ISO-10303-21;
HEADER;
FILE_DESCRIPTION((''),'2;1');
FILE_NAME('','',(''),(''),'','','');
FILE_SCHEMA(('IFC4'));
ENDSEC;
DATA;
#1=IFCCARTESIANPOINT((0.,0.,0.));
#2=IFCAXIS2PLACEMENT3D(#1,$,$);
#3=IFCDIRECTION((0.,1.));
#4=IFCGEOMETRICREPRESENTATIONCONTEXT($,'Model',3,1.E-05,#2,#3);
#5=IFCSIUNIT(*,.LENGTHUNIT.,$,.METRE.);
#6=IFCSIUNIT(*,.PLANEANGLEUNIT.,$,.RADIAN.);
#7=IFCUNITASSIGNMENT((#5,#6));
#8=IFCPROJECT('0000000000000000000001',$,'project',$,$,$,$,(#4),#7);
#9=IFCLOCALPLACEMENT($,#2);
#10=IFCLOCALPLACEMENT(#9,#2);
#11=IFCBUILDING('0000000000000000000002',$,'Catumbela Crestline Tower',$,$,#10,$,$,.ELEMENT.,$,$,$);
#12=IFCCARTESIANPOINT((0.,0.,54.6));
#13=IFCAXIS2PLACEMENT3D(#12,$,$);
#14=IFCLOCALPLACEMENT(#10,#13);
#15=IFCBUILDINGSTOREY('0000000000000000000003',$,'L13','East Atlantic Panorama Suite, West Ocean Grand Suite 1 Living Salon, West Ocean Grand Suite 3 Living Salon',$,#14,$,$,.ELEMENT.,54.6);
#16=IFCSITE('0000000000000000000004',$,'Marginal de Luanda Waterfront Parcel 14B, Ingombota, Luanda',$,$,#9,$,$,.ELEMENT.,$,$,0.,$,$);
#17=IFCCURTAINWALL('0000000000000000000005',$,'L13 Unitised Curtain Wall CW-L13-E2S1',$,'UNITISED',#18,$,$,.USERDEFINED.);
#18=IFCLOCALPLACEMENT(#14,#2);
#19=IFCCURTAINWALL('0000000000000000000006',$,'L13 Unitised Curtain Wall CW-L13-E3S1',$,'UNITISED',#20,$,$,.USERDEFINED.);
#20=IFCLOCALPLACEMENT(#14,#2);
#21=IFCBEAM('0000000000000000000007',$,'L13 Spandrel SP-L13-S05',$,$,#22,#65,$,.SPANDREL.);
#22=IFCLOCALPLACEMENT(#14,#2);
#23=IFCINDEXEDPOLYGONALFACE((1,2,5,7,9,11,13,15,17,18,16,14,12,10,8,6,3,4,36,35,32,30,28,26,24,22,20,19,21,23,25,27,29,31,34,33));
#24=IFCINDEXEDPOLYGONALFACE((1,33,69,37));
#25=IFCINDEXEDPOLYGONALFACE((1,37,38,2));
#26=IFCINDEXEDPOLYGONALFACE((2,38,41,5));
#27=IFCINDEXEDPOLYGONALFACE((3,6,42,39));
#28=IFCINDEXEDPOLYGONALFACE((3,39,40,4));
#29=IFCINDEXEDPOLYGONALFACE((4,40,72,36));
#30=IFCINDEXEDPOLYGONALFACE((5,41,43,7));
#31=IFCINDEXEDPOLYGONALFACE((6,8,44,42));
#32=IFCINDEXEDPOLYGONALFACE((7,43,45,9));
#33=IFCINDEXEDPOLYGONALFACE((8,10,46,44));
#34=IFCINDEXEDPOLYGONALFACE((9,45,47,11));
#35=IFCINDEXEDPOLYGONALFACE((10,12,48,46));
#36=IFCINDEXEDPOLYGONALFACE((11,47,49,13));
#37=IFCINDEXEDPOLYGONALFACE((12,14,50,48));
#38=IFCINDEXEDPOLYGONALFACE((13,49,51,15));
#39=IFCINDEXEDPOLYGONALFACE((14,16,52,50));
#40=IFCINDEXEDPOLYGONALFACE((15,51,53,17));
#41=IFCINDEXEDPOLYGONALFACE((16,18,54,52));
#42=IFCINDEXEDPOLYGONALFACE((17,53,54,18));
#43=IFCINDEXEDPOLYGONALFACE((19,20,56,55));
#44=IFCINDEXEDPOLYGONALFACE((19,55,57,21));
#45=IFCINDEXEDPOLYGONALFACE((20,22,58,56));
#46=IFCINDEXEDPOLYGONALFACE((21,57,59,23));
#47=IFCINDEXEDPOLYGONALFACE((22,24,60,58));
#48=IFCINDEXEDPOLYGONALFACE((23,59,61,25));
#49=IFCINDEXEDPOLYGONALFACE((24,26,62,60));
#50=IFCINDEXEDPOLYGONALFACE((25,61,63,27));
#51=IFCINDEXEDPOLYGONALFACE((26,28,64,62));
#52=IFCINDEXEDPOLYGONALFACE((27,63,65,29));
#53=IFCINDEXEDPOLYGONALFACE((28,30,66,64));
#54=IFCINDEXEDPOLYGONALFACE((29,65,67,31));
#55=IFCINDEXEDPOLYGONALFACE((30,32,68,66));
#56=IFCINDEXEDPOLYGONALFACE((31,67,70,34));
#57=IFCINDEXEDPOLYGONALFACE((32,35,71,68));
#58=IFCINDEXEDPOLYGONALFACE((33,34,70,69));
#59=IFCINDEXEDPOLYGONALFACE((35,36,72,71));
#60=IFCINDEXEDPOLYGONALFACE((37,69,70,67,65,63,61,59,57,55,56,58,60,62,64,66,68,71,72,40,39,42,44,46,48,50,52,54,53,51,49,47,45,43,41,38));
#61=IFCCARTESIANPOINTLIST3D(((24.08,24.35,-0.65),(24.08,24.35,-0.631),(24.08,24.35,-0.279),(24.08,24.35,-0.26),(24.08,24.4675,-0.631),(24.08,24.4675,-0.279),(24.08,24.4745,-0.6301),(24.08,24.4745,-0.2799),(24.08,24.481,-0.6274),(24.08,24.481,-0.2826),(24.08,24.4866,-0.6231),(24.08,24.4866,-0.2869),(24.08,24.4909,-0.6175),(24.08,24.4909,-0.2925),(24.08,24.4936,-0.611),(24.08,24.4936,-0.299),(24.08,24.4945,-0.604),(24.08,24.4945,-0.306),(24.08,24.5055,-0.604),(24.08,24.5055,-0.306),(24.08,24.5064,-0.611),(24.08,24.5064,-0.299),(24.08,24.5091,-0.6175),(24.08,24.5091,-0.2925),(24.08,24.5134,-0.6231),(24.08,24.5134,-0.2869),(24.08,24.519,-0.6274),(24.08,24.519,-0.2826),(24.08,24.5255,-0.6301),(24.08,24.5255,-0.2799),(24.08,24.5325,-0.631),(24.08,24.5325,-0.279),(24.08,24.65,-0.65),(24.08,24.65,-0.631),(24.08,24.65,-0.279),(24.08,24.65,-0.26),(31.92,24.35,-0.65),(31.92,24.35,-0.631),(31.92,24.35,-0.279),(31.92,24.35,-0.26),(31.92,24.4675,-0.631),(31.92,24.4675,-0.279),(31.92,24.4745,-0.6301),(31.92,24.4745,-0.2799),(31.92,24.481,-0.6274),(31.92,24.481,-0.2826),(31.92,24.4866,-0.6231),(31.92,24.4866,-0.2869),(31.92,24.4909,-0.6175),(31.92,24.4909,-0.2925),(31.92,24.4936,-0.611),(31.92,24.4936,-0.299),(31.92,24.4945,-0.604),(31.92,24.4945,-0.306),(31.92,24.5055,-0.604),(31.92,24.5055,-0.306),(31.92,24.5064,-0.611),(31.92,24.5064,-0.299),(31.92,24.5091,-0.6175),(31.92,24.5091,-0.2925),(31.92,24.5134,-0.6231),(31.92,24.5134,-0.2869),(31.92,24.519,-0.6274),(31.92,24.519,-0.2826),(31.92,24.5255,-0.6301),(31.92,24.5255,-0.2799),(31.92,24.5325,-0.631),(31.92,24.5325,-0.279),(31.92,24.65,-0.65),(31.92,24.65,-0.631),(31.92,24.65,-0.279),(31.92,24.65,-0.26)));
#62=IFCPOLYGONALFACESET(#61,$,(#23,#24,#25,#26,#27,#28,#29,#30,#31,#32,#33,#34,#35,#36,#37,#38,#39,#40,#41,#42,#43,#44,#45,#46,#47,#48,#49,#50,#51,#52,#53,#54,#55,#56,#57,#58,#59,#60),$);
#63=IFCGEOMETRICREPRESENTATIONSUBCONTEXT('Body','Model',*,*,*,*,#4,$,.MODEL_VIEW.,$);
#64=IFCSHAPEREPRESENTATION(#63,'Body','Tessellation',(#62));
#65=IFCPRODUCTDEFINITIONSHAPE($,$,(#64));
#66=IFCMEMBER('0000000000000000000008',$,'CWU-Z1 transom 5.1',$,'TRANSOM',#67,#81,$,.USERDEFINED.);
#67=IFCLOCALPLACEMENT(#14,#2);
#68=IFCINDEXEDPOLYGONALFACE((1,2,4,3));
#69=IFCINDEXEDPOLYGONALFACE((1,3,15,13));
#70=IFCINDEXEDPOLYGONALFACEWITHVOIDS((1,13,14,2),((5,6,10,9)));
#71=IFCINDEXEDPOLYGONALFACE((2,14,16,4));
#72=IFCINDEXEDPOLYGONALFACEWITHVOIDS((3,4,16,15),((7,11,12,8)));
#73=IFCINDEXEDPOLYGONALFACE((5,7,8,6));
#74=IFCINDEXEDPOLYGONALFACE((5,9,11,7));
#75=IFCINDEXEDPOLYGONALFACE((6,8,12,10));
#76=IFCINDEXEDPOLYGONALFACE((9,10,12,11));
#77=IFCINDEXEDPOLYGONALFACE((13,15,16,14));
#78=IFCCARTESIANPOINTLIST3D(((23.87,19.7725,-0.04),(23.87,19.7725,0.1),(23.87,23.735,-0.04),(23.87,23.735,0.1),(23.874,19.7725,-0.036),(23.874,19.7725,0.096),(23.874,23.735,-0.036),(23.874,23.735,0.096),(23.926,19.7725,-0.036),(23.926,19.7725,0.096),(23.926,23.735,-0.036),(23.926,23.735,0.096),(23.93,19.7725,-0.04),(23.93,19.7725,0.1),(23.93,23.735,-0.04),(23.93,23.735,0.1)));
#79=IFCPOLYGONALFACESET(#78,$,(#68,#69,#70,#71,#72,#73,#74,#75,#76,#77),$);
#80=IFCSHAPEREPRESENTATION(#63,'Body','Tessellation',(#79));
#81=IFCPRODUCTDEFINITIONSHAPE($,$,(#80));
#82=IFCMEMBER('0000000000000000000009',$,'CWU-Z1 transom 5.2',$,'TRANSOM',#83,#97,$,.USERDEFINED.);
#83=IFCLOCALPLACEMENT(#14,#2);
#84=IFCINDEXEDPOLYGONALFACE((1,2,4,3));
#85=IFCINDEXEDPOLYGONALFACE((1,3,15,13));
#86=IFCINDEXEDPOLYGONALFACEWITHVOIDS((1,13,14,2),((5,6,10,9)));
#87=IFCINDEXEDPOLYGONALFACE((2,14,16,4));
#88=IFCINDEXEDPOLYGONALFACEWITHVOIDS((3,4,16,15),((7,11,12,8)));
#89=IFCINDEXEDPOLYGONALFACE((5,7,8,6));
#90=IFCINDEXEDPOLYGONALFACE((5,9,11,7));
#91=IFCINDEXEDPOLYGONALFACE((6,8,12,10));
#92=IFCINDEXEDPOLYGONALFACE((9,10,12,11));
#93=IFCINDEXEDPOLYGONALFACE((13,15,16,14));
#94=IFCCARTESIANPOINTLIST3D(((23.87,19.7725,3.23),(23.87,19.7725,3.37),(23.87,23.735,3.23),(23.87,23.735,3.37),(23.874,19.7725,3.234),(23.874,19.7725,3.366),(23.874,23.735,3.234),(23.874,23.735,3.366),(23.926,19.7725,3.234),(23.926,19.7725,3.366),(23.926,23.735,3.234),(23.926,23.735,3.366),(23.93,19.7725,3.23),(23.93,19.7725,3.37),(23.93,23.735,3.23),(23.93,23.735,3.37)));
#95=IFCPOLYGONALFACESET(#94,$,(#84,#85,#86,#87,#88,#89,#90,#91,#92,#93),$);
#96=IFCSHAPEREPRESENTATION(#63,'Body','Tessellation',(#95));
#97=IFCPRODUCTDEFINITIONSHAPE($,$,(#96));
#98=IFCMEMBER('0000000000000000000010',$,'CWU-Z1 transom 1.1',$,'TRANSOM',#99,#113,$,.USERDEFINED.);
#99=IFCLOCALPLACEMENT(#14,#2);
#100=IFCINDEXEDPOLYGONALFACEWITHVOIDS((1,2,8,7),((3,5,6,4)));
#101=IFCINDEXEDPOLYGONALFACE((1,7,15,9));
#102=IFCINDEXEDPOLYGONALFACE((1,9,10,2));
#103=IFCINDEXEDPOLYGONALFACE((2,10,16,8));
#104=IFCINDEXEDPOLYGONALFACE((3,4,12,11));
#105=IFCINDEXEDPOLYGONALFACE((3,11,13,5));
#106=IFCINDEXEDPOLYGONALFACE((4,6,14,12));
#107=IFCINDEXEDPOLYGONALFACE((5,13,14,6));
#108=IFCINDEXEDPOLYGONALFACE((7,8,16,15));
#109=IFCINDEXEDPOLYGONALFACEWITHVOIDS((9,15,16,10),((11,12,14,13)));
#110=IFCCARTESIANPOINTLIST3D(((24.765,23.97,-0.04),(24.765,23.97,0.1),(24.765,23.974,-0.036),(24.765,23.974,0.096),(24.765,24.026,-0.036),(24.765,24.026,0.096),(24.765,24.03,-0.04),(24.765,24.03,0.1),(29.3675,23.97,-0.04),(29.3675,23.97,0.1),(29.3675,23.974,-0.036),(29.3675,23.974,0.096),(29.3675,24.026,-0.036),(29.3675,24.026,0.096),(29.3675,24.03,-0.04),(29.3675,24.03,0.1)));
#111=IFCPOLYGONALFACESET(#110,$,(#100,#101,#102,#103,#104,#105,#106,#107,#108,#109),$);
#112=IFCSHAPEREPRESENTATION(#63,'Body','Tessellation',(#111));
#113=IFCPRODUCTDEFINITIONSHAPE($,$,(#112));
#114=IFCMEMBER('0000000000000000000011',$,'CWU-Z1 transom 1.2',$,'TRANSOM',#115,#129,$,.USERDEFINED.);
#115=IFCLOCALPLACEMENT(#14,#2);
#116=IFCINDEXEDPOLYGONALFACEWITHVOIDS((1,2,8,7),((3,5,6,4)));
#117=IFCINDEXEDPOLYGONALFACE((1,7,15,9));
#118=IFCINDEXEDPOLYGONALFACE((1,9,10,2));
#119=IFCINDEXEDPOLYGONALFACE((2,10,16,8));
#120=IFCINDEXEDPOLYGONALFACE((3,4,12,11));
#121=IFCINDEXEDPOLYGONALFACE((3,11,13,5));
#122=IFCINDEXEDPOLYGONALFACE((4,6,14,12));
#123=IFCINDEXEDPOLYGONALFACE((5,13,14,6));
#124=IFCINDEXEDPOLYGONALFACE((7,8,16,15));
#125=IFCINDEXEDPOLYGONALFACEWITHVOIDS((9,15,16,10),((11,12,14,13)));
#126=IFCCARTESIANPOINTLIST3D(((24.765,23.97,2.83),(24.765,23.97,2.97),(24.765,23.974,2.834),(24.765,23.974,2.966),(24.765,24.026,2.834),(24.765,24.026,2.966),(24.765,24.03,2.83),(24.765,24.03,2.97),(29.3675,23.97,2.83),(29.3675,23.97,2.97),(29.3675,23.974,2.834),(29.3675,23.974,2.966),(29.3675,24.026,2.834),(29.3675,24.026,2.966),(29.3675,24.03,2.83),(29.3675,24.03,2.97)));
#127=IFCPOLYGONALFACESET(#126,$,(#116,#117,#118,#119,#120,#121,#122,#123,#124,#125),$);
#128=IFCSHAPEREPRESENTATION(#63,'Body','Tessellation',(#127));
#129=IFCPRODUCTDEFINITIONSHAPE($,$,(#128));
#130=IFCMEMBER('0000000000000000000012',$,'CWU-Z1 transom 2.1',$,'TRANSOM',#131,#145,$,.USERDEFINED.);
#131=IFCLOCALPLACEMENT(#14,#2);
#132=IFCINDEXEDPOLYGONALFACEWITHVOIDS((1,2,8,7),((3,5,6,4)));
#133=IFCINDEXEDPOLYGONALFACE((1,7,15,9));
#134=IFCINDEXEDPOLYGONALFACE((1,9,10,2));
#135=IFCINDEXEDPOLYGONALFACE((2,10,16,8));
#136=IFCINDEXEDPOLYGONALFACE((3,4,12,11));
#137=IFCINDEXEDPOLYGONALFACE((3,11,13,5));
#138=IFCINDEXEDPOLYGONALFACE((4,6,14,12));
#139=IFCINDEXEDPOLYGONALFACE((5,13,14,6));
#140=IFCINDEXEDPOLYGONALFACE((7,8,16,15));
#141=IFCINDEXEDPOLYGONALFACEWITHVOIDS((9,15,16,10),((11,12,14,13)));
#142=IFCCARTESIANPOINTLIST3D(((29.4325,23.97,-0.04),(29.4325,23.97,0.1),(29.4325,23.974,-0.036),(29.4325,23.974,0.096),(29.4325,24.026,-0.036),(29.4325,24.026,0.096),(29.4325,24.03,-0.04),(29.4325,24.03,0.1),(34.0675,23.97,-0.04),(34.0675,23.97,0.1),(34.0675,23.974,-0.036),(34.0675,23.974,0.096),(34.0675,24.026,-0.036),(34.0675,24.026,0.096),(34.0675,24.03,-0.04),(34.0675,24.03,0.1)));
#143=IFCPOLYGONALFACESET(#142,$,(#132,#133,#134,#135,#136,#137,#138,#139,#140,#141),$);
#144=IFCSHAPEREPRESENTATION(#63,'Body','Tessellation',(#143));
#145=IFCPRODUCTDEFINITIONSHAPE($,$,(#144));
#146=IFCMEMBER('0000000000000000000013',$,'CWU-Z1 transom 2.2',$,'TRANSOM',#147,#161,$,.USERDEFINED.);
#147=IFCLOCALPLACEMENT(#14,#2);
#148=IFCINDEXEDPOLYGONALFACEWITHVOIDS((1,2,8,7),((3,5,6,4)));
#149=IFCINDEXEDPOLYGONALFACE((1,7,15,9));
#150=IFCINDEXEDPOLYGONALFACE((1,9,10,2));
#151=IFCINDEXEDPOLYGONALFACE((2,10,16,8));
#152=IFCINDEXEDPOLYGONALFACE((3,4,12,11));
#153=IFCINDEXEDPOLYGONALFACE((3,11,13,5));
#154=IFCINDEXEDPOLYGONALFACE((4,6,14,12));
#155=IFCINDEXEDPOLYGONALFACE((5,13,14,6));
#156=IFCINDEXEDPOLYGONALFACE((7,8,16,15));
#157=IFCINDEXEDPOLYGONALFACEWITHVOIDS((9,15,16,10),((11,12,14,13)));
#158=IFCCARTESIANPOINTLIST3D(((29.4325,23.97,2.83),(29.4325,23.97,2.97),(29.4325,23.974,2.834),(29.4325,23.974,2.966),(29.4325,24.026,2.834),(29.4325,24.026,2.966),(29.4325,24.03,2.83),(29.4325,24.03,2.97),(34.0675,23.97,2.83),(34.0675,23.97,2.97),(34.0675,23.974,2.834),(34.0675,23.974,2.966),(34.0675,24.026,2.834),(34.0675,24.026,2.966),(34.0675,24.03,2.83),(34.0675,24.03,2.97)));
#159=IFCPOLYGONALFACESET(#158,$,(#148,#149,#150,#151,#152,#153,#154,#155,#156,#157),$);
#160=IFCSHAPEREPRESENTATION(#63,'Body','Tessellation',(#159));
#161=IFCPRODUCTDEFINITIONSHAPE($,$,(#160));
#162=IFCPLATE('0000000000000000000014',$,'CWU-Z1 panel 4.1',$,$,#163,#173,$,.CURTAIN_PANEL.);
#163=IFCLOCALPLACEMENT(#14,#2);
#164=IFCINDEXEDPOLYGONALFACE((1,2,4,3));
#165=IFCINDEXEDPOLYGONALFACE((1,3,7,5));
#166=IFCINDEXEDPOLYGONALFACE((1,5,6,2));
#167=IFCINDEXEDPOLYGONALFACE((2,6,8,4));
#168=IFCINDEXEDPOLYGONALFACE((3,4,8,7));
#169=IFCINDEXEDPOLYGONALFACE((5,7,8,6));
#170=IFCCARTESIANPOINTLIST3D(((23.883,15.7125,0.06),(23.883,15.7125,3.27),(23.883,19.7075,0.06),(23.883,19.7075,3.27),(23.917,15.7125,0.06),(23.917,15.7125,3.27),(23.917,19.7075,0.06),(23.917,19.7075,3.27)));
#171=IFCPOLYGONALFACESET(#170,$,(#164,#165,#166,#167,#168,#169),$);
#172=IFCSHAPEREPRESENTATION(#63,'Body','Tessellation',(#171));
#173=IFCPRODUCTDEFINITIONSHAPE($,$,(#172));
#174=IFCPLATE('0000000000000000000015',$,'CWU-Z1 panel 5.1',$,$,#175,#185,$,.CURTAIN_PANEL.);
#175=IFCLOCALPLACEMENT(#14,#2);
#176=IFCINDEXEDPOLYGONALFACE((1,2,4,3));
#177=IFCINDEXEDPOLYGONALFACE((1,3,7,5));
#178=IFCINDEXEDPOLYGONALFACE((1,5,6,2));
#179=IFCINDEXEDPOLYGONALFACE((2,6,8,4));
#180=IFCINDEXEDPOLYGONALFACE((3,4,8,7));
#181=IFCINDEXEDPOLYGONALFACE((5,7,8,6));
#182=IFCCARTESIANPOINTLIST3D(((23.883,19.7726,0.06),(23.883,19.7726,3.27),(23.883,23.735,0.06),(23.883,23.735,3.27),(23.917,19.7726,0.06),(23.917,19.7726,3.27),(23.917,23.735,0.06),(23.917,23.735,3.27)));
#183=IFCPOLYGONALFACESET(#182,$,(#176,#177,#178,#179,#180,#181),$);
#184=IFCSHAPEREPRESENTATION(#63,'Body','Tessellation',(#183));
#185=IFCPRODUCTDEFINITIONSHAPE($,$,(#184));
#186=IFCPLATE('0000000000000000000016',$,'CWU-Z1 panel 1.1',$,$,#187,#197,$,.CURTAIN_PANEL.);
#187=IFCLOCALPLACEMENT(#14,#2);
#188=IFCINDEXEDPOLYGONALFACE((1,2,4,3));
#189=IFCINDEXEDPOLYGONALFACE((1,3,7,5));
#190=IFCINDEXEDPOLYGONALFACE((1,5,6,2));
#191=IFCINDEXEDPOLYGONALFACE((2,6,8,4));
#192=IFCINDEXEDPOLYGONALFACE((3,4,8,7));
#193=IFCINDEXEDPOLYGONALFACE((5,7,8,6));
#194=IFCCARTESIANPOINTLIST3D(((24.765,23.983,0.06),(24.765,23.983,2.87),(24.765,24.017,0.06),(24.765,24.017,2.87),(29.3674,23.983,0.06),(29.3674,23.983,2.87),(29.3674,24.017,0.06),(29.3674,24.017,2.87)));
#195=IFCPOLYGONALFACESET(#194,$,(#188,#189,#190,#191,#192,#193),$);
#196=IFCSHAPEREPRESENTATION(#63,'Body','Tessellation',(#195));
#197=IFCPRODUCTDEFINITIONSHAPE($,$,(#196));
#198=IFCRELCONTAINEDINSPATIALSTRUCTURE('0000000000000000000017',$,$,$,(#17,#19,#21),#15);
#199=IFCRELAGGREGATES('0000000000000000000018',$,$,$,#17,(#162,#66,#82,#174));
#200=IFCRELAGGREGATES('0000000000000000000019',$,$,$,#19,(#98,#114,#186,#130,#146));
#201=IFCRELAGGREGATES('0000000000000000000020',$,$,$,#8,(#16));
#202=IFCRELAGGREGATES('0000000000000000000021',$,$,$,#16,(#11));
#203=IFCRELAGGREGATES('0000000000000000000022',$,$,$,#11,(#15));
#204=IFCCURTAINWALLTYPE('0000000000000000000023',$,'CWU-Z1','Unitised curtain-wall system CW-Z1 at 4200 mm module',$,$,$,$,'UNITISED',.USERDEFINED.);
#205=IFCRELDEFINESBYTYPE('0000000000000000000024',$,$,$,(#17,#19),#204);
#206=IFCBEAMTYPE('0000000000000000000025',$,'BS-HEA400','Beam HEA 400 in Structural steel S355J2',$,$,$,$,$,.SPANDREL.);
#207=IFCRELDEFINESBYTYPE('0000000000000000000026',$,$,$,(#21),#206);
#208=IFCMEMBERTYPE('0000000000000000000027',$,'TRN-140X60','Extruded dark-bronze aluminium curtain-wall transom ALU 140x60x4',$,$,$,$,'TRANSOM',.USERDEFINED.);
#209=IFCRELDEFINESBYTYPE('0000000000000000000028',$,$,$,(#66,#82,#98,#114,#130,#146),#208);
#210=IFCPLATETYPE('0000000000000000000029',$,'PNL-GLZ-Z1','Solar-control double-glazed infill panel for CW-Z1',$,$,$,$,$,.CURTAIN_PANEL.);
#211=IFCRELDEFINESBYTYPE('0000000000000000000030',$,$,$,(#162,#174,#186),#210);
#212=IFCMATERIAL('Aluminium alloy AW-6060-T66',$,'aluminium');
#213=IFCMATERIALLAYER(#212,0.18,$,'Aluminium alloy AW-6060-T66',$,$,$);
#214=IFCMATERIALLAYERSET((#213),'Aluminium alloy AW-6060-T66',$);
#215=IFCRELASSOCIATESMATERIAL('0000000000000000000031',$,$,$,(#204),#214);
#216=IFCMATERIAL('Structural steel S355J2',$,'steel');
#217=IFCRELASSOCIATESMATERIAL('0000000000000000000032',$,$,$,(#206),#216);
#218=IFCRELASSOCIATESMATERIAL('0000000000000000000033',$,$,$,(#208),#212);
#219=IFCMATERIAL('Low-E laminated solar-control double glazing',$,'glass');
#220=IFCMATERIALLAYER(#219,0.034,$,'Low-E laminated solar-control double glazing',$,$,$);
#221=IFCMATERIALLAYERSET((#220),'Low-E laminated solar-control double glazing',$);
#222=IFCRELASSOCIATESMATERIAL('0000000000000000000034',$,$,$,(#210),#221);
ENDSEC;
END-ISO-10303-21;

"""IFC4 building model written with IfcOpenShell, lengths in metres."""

from ifc_helpers import new_model, si_unit, direction, frame, origin, origin_2d, place, context, subcontext, project, spatial, rectangle, hollow_rectangle, i_section, extrude, material, layer, layer_set, material_profile, profile_set, type_object, element, aggregate, save


model = new_model("IFC4")

# Units and contexts
model_context = context("Model", 3, precision=1e-05, world=origin(), true_north=direction((0.0, 1.0)))
body_context = subcontext(model_context, "Body", "Model", "MODEL_VIEW")
ifc_project = project(units=[si_unit("LENGTHUNIT", "METRE"), si_unit("PLANEANGLEUNIT", "RADIAN")], contexts=[model_context])

# Site, building, storey
site_placement = place(None, origin())
site = spatial("IfcSite", under=ifc_project, at=site_placement, Name="Marginal de Luanda Waterfront Parcel 14B, Ingombota, Luanda", CompositionType="ELEMENT", RefElevation=0.0)
building_placement = place(site_placement, origin())
building = spatial("IfcBuilding", under=site, at=building_placement, Name="Catumbela Crestline Tower", CompositionType="ELEMENT")
storey_placement = place(building_placement, frame((0.0, 0.0, 54.6)))
storey = spatial("IfcBuildingStorey", under=building, at=storey_placement, Name="L13", Description="East Atlantic Panorama Suite, West Ocean Grand Suite 1 Living Salon, West Ocean Grand Suite 3 Living Salon", CompositionType="ELEMENT", Elevation=54.6)

# Shared definitions
ifc_material_1 = material(Name="Structural steel S355J2", Category="steel")

# Curtain walls
ifc_material_2 = material(Name="Aluminium alloy AW-6060-T66", Category="aluminium")
ifc_layer_1 = layer(ifc_material_2, 0.18, Name="Aluminium alloy AW-6060-T66")
ifc_layer_set_1 = layer_set([ifc_layer_1], Name="Aluminium alloy AW-6060-T66")
curtain_wall_type = type_object("IfcCurtainWallType", Name="CWU-Z1", Description="Unitised curtain-wall system CW-Z1 at 4200 mm module", ElementType="UNITISED", PredefinedType="USERDEFINED", material=ifc_layer_set_1)
curtain_wall_1_placement = place(storey_placement, origin())
curtain_wall_1 = element("IfcCurtainWall", 1, at=curtain_wall_1_placement, inside=storey, type_object=curtain_wall_type, Name="L13 Unitised Curtain Wall CW-L13-E2S1", ObjectType="UNITISED", PredefinedType="USERDEFINED")
curtain_wall_2_placement = place(storey_placement, origin())
curtain_wall_2 = element("IfcCurtainWall", 2, at=curtain_wall_2_placement, inside=storey, type_object=curtain_wall_type, Name="L13 Unitised Curtain Wall CW-L13-E3S1", ObjectType="UNITISED", PredefinedType="USERDEFINED")

# Beam
ifc_material_profile_1 = material_profile(ifc_material_1, i_section(OverallWidth=0.3, OverallDepth=0.39, WebThickness=0.011, FlangeThickness=0.019, FilletRadius=0.027, at=origin_2d()), Name="HEA 400")
ifc_profile_set_1 = profile_set([ifc_material_profile_1], Name="Structural steel S355J2")
beam_type_1 = type_object("IfcBeamType", Name="BS-HEA400", Description="Beam HEA 400 in Structural steel S355J2", PredefinedType="SPANDREL", material=ifc_profile_set_1)
beam_1_placement = place(storey_placement, frame((24.08, 24.5, -0.455), z_axis=(1.0, 0.0, 0.0), x_axis=(0.0, 1.0, 0.0)))
element("IfcBeam", 3, at=beam_1_placement, inside=storey, type_object=beam_type_1, Name="L13 Spandrel SP-L13-S05", PredefinedType="SPANDREL", context=body_context, shape_type="SweptSolid", body=[
    extrude(i_section(OverallWidth=0.3, OverallDepth=0.39, WebThickness=0.011, FlangeThickness=0.019, FilletRadius=0.027, at=origin_2d()), origin(), (0.0, 0.0, 1.0), 7.84),
])

# Members
ifc_material_profile_2 = material_profile(ifc_material_2, hollow_rectangle(XDim=0.06, YDim=0.14, WallThickness=0.004, at=origin_2d()), Name="ALU 140x60x4")
ifc_profile_set_2 = profile_set([ifc_material_profile_2], Name="Aluminium alloy AW-6060-T66")
member_type_1 = type_object("IfcMemberType", Name="TRN-140X60", Description="Extruded dark-bronze aluminium curtain-wall transom ALU 140x60x4", ElementType="TRANSOM", PredefinedType="USERDEFINED", material=ifc_profile_set_2)
member_1_placement = place(storey_placement, frame((23.9, 19.7725, 0.03), z_axis=(0.0, 1.0, 0.0), x_axis=(-1.0, 0.0, 0.0)))
member_1 = element("IfcMember", 4, at=member_1_placement, type_object=member_type_1, Name="CWU-Z1 transom 5.1", ObjectType="TRANSOM", PredefinedType="USERDEFINED", context=body_context, shape_type="SweptSolid", body=[
    extrude(hollow_rectangle(XDim=0.06, YDim=0.14, WallThickness=0.004, at=origin_2d()), origin(), (0.0, 0.0, 1.0), 3.9625),
])
member_2_placement = place(storey_placement, frame((23.9, 19.7725, 3.3), z_axis=(0.0, 1.0, 0.0), x_axis=(-1.0, 0.0, 0.0)))
member_2 = element("IfcMember", 5, at=member_2_placement, type_object=member_type_1, Name="CWU-Z1 transom 5.2", ObjectType="TRANSOM", PredefinedType="USERDEFINED", context=body_context, shape_type="SweptSolid", body=[
    extrude(hollow_rectangle(XDim=0.06, YDim=0.14, WallThickness=0.004, at=origin_2d()), origin(), (0.0, 0.0, 1.0), 3.9625),
])
member_3_placement = place(storey_placement, frame((24.765, 24.0, 0.03), z_axis=(1.0, 0.0, 0.0), x_axis=(0.0, 1.0, 0.0)))
member_3 = element("IfcMember", 6, at=member_3_placement, type_object=member_type_1, Name="CWU-Z1 transom 1.1", ObjectType="TRANSOM", PredefinedType="USERDEFINED", context=body_context, shape_type="SweptSolid", body=[
    extrude(hollow_rectangle(XDim=0.06, YDim=0.14, WallThickness=0.004, at=origin_2d()), origin(), (0.0, 0.0, 1.0), 4.6025),
])
member_4_placement = place(storey_placement, frame((24.765, 24.0, 2.9), z_axis=(1.0, 0.0, 0.0), x_axis=(0.0, 1.0, 0.0)))
member_4 = element("IfcMember", 7, at=member_4_placement, type_object=member_type_1, Name="CWU-Z1 transom 1.2", ObjectType="TRANSOM", PredefinedType="USERDEFINED", context=body_context, shape_type="SweptSolid", body=[
    extrude(hollow_rectangle(XDim=0.06, YDim=0.14, WallThickness=0.004, at=origin_2d()), origin(), (0.0, 0.0, 1.0), 4.6025),
])
member_5_placement = place(storey_placement, frame((29.4325, 24.0, 0.03), z_axis=(1.0, 0.0, 0.0), x_axis=(0.0, 1.0, 0.0)))
member_5 = element("IfcMember", 8, at=member_5_placement, type_object=member_type_1, Name="CWU-Z1 transom 2.1", ObjectType="TRANSOM", PredefinedType="USERDEFINED", context=body_context, shape_type="SweptSolid", body=[
    extrude(hollow_rectangle(XDim=0.06, YDim=0.14, WallThickness=0.004, at=origin_2d()), origin(), (0.0, 0.0, 1.0), 4.635),
])
member_6_placement = place(storey_placement, frame((29.4325, 24.0, 2.9), z_axis=(1.0, 0.0, 0.0), x_axis=(0.0, 1.0, 0.0)))
member_6 = element("IfcMember", 9, at=member_6_placement, type_object=member_type_1, Name="CWU-Z1 transom 2.2", ObjectType="TRANSOM", PredefinedType="USERDEFINED", context=body_context, shape_type="SweptSolid", body=[
    extrude(hollow_rectangle(XDim=0.06, YDim=0.14, WallThickness=0.004, at=origin_2d()), origin(), (0.0, 0.0, 1.0), 4.635),
])

# Plates
ifc_material_3 = material(Name="Low-E laminated solar-control double glazing", Category="glass")
ifc_layer_2 = layer(ifc_material_3, 0.034, Name="Low-E laminated solar-control double glazing")
ifc_layer_set_2 = layer_set([ifc_layer_2], Name="Low-E laminated solar-control double glazing")
plate_type = type_object("IfcPlateType", Name="PNL-GLZ-Z1", Description="Solar-control double-glazed infill panel for CW-Z1", PredefinedType="CURTAIN_PANEL", material=ifc_layer_set_2)
plate_1_placement = place(storey_placement, frame((23.9, 17.71, 0.06), z_axis=(0.0, 0.0, 1.0), x_axis=(0.0, 1.0, 0.0)))
plate_1 = element("IfcPlate", 10, at=plate_1_placement, type_object=plate_type, Name="CWU-Z1 panel 4.1", PredefinedType="CURTAIN_PANEL", context=body_context, shape_type="SweptSolid", body=[
    extrude(rectangle(XDim=3.995, YDim=0.034, at=origin_2d()), origin(), (0.0, 0.0, 1.0), 3.21),
])
plate_2_placement = place(storey_placement, frame((23.9, 21.7538, 0.06), z_axis=(0.0, 0.0, 1.0), x_axis=(0.0, 1.0, 0.0)))
plate_2 = element("IfcPlate", 11, at=plate_2_placement, type_object=plate_type, Name="CWU-Z1 panel 5.1", PredefinedType="CURTAIN_PANEL", context=body_context, shape_type="SweptSolid", body=[
    extrude(rectangle(XDim=3.9625, YDim=0.034, at=origin_2d()), origin(), (0.0, 0.0, 1.0), 3.21),
])
aggregate(curtain_wall_1, [plate_1, member_1, member_2, plate_2])
plate_3_placement = place(storey_placement, frame((27.0662, 24.0, 0.06), z_axis=(0.0, 0.0, 1.0), x_axis=(1.0, 0.0, 0.0)))
plate_3 = element("IfcPlate", 12, at=plate_3_placement, type_object=plate_type, Name="CWU-Z1 panel 1.1", PredefinedType="CURTAIN_PANEL", context=body_context, shape_type="SweptSolid", body=[
    extrude(rectangle(XDim=4.6025, YDim=0.034, at=origin_2d()), origin(), (0.0, 0.0, 1.0), 2.81),
])
aggregate(curtain_wall_2, [member_3, member_4, plate_3, member_5, member_6])

save(model, "model.ifc")
